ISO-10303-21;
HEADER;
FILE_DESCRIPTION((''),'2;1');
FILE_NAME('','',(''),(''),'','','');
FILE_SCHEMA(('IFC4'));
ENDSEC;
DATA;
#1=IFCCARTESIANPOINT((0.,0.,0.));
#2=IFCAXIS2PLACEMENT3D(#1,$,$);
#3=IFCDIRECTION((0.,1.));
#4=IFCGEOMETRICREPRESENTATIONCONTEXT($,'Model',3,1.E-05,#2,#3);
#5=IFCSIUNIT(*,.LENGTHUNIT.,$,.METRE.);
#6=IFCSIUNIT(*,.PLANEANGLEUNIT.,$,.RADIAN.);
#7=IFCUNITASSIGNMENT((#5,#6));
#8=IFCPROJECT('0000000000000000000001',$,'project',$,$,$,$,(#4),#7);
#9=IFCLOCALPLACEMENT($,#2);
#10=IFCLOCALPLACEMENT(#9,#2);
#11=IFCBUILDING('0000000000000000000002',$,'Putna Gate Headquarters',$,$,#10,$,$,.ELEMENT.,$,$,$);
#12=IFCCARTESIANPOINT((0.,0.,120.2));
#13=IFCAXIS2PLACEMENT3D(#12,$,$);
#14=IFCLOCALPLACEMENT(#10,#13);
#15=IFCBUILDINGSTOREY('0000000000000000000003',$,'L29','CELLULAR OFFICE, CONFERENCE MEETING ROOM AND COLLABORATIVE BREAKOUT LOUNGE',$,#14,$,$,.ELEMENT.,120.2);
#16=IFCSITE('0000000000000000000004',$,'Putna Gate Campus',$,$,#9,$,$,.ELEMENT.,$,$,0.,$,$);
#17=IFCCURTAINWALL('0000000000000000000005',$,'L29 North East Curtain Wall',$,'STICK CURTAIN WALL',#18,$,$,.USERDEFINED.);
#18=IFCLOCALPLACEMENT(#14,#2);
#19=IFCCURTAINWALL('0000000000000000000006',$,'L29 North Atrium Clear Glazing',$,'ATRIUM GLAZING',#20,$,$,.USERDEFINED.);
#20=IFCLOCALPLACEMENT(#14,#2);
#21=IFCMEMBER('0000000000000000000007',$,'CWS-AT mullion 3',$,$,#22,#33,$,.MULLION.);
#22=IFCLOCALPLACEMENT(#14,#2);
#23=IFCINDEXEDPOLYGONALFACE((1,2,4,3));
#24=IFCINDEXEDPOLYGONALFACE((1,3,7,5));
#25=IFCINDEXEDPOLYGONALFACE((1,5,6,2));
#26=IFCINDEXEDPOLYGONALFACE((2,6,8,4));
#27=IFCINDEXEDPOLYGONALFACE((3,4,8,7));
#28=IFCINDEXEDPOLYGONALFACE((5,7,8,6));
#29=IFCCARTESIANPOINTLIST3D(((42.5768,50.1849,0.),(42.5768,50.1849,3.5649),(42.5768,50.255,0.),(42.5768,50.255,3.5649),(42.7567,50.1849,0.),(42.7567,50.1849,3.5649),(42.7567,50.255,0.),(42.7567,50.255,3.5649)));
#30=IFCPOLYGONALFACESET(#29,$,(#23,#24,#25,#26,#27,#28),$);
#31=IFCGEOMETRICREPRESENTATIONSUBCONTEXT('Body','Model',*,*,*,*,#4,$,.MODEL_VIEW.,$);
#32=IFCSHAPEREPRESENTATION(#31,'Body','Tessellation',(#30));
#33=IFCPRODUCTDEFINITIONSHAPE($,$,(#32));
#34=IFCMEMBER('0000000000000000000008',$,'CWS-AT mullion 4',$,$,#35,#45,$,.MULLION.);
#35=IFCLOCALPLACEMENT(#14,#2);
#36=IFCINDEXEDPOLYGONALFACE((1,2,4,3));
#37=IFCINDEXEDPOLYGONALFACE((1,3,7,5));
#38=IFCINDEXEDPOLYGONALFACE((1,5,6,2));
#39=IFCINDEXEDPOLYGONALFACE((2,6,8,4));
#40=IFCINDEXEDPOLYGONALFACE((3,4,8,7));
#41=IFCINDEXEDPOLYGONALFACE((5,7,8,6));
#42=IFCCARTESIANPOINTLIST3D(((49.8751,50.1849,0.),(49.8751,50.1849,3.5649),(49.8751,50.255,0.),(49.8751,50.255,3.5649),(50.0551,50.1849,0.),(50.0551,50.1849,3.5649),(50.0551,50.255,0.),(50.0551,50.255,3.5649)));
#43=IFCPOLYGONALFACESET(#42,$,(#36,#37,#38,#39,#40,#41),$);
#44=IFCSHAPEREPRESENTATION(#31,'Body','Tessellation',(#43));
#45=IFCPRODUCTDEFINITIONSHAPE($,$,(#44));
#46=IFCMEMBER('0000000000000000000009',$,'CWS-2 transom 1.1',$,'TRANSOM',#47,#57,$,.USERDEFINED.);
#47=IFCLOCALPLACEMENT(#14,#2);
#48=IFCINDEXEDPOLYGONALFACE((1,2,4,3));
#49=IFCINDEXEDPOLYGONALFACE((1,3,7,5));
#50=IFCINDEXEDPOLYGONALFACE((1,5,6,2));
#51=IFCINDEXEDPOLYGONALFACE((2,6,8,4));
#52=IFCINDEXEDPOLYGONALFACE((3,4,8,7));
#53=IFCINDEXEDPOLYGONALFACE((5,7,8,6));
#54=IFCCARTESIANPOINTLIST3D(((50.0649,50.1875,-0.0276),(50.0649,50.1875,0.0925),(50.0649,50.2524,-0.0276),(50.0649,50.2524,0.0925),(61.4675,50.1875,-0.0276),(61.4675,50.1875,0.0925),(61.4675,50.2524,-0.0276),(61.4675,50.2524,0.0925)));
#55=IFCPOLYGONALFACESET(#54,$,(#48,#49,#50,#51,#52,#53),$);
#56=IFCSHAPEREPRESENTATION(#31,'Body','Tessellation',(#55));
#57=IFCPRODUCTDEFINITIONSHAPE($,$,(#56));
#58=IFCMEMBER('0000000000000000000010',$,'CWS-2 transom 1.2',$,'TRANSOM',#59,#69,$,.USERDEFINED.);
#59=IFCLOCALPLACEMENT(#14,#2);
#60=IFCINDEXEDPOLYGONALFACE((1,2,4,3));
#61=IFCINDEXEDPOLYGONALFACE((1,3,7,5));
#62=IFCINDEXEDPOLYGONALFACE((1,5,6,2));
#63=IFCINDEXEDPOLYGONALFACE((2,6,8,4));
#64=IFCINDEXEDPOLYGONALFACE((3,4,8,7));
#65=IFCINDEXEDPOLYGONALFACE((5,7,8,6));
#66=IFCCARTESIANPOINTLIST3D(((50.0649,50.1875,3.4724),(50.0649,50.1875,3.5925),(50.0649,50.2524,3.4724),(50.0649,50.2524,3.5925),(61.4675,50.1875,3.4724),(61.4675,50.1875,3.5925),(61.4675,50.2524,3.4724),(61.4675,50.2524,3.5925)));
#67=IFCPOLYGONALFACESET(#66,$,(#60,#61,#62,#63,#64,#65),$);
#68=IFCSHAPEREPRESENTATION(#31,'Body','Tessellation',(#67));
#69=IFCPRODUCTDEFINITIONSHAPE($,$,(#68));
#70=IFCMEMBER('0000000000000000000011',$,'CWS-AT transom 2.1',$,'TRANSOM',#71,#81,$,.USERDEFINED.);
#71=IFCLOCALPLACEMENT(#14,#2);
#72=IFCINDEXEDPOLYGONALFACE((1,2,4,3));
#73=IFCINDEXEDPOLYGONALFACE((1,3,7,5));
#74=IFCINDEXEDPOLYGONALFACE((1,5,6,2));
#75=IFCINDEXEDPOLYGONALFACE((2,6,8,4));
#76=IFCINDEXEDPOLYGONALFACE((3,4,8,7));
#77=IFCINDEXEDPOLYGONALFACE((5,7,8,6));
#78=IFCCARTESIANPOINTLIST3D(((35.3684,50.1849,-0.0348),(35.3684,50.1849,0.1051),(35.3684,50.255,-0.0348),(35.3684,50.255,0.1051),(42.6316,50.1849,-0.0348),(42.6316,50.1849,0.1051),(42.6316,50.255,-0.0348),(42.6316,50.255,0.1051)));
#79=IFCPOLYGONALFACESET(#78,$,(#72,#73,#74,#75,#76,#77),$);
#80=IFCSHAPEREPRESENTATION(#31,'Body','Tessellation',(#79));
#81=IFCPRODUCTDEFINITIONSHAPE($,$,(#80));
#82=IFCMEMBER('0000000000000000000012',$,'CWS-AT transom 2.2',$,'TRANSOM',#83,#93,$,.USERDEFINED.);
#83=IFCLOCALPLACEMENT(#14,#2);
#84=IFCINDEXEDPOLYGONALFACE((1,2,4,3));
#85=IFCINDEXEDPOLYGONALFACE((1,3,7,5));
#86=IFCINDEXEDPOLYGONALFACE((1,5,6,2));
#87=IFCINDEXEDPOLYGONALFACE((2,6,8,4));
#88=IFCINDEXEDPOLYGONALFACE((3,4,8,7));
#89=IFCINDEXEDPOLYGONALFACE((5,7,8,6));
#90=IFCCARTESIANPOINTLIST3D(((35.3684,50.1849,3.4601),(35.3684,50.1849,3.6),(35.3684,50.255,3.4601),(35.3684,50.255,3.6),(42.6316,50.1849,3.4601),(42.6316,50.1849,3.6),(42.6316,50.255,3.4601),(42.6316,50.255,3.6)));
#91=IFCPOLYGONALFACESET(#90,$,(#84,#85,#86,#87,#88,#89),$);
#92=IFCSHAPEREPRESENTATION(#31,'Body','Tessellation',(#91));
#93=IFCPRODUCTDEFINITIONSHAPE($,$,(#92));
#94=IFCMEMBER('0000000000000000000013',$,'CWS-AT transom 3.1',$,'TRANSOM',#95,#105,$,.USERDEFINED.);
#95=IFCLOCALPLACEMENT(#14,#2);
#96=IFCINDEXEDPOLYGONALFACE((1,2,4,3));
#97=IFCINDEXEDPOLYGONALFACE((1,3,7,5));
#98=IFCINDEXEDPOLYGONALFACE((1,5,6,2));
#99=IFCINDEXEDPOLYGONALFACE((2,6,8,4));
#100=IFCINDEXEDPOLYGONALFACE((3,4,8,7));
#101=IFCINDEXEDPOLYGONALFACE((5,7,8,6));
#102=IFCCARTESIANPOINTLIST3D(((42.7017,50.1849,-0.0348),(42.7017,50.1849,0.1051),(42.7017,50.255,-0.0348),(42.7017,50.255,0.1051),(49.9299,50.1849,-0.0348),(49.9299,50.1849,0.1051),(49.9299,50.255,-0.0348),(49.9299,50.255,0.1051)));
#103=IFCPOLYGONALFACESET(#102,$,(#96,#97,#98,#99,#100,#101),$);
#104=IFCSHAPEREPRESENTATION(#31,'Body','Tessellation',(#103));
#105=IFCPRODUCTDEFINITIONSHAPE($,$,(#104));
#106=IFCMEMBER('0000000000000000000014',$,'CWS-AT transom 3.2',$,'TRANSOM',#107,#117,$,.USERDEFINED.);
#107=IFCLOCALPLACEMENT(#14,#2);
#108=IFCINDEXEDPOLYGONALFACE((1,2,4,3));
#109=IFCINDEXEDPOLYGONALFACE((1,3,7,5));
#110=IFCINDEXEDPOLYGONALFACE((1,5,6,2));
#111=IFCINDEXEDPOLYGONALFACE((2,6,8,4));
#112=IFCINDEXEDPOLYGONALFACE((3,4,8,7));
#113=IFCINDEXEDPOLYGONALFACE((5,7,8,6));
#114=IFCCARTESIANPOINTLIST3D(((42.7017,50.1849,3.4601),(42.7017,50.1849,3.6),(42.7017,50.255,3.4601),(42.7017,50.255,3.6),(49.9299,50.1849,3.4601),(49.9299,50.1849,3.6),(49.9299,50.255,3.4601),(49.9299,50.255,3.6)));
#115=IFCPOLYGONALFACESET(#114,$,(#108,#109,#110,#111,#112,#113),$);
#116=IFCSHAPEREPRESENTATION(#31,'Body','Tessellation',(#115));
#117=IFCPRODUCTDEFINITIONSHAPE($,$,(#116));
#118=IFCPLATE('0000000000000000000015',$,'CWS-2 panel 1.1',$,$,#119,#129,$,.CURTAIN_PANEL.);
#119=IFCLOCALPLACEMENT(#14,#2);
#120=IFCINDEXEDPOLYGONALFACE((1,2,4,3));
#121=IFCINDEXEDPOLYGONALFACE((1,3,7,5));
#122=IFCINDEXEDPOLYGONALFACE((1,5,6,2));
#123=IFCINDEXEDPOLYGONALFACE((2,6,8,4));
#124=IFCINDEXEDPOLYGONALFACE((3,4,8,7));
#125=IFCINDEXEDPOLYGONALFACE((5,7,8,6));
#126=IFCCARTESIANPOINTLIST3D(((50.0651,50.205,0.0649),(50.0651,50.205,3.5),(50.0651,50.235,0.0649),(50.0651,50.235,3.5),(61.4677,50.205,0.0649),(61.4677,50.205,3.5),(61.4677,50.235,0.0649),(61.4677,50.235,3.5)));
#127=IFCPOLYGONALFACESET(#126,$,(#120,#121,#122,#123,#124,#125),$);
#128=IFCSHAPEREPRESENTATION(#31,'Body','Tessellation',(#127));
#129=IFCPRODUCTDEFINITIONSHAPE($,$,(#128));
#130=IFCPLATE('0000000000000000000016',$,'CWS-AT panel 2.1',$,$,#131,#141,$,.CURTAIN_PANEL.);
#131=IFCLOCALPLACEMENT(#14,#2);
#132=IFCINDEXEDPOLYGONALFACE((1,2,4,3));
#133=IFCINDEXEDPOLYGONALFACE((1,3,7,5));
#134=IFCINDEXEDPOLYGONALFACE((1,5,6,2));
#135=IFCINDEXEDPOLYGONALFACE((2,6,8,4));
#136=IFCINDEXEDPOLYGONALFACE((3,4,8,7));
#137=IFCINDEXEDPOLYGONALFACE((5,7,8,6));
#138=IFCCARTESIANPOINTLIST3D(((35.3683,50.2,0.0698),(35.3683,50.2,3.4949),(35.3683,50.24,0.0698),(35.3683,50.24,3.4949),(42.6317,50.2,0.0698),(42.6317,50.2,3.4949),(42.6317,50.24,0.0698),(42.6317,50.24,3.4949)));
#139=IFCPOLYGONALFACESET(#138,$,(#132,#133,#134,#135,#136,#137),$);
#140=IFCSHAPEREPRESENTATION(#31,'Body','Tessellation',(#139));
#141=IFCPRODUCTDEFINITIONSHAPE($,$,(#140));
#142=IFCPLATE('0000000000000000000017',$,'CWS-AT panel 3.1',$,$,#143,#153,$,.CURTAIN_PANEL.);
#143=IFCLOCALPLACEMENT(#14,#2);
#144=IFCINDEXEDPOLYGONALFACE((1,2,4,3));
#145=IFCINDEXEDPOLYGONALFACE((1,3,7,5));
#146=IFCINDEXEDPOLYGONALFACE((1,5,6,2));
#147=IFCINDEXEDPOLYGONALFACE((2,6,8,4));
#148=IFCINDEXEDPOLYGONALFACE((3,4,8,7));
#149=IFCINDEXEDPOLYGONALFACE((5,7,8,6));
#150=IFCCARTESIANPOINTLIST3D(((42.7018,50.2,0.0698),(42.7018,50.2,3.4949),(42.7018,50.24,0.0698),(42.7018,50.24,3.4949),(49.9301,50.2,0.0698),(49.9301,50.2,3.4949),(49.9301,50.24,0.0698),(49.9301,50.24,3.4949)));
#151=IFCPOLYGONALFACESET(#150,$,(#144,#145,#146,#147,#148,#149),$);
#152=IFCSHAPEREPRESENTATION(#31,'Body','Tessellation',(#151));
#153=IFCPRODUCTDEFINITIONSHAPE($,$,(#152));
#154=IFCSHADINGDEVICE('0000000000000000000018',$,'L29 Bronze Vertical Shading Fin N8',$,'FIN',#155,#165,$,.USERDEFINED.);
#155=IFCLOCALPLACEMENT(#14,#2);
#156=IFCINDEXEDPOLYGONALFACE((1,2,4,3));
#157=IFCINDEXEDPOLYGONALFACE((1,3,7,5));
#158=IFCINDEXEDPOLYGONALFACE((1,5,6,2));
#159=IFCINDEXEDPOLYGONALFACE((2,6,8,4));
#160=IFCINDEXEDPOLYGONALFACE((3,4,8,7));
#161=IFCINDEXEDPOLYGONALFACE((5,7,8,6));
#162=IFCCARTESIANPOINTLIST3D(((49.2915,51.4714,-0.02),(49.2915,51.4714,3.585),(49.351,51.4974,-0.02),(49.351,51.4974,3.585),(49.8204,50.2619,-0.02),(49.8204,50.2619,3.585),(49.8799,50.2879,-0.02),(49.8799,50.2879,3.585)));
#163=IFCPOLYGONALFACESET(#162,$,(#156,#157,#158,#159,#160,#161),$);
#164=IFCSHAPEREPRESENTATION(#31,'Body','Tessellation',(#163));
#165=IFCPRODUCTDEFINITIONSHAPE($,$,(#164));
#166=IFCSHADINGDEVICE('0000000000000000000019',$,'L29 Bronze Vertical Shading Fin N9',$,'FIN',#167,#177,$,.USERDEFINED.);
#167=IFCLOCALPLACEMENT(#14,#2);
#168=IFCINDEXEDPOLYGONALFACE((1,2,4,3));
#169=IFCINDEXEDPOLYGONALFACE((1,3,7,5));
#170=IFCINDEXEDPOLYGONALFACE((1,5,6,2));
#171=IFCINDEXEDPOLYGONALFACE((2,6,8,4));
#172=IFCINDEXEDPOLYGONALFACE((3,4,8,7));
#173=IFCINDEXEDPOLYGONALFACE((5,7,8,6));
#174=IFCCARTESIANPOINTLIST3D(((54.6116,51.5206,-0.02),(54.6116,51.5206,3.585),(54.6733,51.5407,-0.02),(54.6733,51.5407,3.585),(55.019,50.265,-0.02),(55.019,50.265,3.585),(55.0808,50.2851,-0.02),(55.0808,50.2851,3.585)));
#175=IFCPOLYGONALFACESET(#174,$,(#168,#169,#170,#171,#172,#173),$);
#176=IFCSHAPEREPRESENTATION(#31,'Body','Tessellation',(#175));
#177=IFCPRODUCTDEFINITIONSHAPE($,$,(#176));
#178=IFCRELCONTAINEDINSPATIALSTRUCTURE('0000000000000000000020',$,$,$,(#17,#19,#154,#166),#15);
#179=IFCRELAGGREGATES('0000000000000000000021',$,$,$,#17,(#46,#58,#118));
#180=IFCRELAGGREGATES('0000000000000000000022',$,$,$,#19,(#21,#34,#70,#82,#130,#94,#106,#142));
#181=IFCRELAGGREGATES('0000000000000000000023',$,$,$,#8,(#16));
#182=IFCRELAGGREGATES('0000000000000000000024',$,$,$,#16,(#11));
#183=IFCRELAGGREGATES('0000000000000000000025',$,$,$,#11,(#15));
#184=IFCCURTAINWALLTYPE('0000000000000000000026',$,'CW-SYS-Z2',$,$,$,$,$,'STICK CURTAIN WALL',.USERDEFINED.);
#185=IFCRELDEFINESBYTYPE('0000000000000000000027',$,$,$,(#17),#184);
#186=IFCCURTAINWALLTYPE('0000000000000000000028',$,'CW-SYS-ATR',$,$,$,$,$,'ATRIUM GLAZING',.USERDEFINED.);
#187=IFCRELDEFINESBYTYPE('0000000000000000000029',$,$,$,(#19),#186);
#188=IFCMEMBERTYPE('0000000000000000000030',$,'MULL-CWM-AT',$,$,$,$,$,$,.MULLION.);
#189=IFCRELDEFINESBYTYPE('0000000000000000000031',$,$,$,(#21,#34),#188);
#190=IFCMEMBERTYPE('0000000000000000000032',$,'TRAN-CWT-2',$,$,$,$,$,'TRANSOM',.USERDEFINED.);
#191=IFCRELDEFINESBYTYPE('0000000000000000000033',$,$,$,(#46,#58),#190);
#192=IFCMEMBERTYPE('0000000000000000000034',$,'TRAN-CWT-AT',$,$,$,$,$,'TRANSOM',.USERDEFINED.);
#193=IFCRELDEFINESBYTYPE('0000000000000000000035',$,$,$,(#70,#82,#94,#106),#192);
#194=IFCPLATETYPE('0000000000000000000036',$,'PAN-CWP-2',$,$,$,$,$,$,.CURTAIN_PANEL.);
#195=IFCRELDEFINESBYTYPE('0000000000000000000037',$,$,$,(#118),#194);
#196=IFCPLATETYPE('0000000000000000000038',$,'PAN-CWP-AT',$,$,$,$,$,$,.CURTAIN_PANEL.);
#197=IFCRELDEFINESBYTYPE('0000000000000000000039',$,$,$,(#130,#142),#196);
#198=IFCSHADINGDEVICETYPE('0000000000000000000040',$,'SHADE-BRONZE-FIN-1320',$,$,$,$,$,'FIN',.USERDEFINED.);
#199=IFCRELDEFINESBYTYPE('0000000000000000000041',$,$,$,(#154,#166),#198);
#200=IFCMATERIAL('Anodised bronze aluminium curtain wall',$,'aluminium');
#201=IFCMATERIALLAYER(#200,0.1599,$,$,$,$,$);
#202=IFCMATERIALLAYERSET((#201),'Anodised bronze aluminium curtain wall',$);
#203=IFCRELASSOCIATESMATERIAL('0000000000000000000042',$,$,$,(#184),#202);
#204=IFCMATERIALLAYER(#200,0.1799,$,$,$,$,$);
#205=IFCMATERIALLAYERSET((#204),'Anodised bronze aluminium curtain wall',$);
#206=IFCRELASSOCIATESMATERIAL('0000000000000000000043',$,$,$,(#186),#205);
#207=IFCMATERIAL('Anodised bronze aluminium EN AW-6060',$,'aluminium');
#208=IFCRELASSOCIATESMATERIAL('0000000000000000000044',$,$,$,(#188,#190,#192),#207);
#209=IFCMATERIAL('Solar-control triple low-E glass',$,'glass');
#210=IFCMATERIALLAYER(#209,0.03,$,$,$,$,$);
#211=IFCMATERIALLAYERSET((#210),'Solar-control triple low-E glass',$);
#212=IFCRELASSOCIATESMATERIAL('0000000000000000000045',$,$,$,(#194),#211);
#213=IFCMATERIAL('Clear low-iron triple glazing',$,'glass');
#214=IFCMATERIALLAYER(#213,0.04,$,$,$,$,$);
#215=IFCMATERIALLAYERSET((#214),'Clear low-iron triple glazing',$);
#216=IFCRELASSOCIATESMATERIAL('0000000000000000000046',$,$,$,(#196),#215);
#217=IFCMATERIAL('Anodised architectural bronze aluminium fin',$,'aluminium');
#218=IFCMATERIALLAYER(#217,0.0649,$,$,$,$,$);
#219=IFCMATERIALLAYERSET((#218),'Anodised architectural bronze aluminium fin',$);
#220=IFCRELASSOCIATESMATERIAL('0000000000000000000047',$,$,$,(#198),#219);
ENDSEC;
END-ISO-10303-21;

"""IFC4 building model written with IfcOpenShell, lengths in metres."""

from ifc_helpers import new_model, si_unit, direction, frame, origin, origin_2d, place, context, subcontext, project, spatial, rectangle, extrude, material, layer, layer_set, material_profile, profile_set, type_object, element, aggregate, save


model = new_model("IFC4")

# Units and contexts
model_context = context("Model", 3, precision=1e-05, world=origin(), true_north=direction((0.0, 1.0)))
body_context = subcontext(model_context, "Body", "Model", "MODEL_VIEW")
ifc_project = project(units=[si_unit("LENGTHUNIT", "METRE"), si_unit("PLANEANGLEUNIT", "RADIAN")], contexts=[model_context])

# Site, building, storey
site_placement = place(None, origin())
site = spatial("IfcSite", under=ifc_project, at=site_placement, Name="Putna Gate Campus", CompositionType="ELEMENT", RefElevation=0.0)
building_placement = place(site_placement, origin())
building = spatial("IfcBuilding", under=site, at=building_placement, Name="Putna Gate Headquarters", CompositionType="ELEMENT")
storey_placement = place(building_placement, frame((0.0, 0.0, 120.2)))
storey = spatial("IfcBuildingStorey", under=building, at=storey_placement, Name="L29", Description="CELLULAR OFFICE, CONFERENCE MEETING ROOM AND COLLABORATIVE BREAKOUT LOUNGE", CompositionType="ELEMENT", Elevation=120.2)

# Curtain wall
ifc_material_1 = material(Name="Anodised bronze aluminium curtain wall", Category="aluminium")
ifc_layer_1 = layer(ifc_material_1, 0.1599)
ifc_layer_set_1 = layer_set([ifc_layer_1], Name="Anodised bronze aluminium curtain wall")
curtain_wall_type_1 = type_object("IfcCurtainWallType", Name="CW-SYS-Z2", ElementType="STICK CURTAIN WALL", PredefinedType="USERDEFINED", material=ifc_layer_set_1)
curtain_wall_1_placement = place(storey_placement, origin())
curtain_wall_1 = element("IfcCurtainWall", 1, at=curtain_wall_1_placement, inside=storey, type_object=curtain_wall_type_1, Name="L29 North East Curtain Wall", ObjectType="STICK CURTAIN WALL", PredefinedType="USERDEFINED")
ifc_material_2 = material(Name="Anodised bronze aluminium EN AW-6060", Category="aluminium")

# Curtain wall, members
ifc_layer_2 = layer(ifc_material_1, 0.1799)
ifc_layer_set_2 = layer_set([ifc_layer_2], Name="Anodised bronze aluminium curtain wall")
curtain_wall_type_2 = type_object("IfcCurtainWallType", Name="CW-SYS-ATR", ElementType="ATRIUM GLAZING", PredefinedType="USERDEFINED", material=ifc_layer_set_2)
curtain_wall_2_placement = place(storey_placement, origin())
curtain_wall_2 = element("IfcCurtainWall", 2, at=curtain_wall_2_placement, inside=storey, type_object=curtain_wall_type_2, Name="L29 North Atrium Clear Glazing", ObjectType="ATRIUM GLAZING", PredefinedType="USERDEFINED")
ifc_material_profile_1 = material_profile(ifc_material_2, rectangle(XDim=0.0701, YDim=0.1799, at=origin_2d()), Name="Anodised bronze aluminium EN AW-6060")
ifc_profile_set_1 = profile_set([ifc_material_profile_1], Name="Anodised bronze aluminium EN AW-6060")
member_type_1 = type_object("IfcMemberType", Name="MULL-CWM-AT", PredefinedType="MULLION", material=ifc_profile_set_1)
member_1_placement = place(storey_placement, frame((42.6667, 50.22, 0.0), z_axis=(0.0, 0.0, 1.0), x_axis=(0.0, 1.0, 0.0)))
member_1 = element("IfcMember", 3, at=member_1_placement, type_object=member_type_1, Name="CWS-AT mullion 3", PredefinedType="MULLION", context=body_context, shape_type="SweptSolid", body=[
    extrude(rectangle(XDim=0.0701, YDim=0.1799, at=origin_2d()), origin(), (0.0, 0.0, 1.0), 3.5649),
])
member_2_placement = place(storey_placement, frame((49.9651, 50.22, 0.0), z_axis=(0.0, 0.0, 1.0), x_axis=(0.0, 1.0, 0.0)))
member_2 = element("IfcMember", 4, at=member_2_placement, type_object=member_type_1, Name="CWS-AT mullion 4", PredefinedType="MULLION", context=body_context, shape_type="SweptSolid", body=[
    extrude(rectangle(XDim=0.0701, YDim=0.1799, at=origin_2d()), origin(), (0.0, 0.0, 1.0), 3.5649),
])

# Members
ifc_material_profile_2 = material_profile(ifc_material_2, rectangle(XDim=0.0649, YDim=0.1201, at=origin_2d()), Name="Anodised bronze aluminium EN AW-6060")
ifc_profile_set_2 = profile_set([ifc_material_profile_2], Name="Anodised bronze aluminium EN AW-6060")
member_type_2 = type_object("IfcMemberType", Name="TRAN-CWT-2", ElementType="TRANSOM", PredefinedType="USERDEFINED", material=ifc_profile_set_2)
member_3_placement = place(storey_placement, frame((50.0649, 50.22, 0.0325), z_axis=(1.0, 0.0, 0.0), x_axis=(0.0, 1.0, 0.0)))
member_3 = element("IfcMember", 5, at=member_3_placement, type_object=member_type_2, Name="CWS-2 transom 1.1", ObjectType="TRANSOM", PredefinedType="USERDEFINED", context=body_context, shape_type="SweptSolid", body=[
    extrude(rectangle(XDim=0.0649, YDim=0.1201, at=origin_2d()), origin(), (0.0, 0.0, 1.0), 11.4026),
])
member_4_placement = place(storey_placement, frame((50.0649, 50.22, 3.5325), z_axis=(1.0, 0.0, 0.0), x_axis=(0.0, 1.0, 0.0)))
member_4 = element("IfcMember", 6, at=member_4_placement, type_object=member_type_2, Name="CWS-2 transom 1.2", ObjectType="TRANSOM", PredefinedType="USERDEFINED", context=body_context, shape_type="SweptSolid", body=[
    extrude(rectangle(XDim=0.0649, YDim=0.1201, at=origin_2d()), origin(), (0.0, 0.0, 1.0), 11.4026),
])
ifc_material_profile_3 = material_profile(ifc_material_2, rectangle(XDim=0.0701, YDim=0.1399, at=origin_2d()), Name="Anodised bronze aluminium EN AW-6060")
ifc_profile_set_3 = profile_set([ifc_material_profile_3], Name="Anodised bronze aluminium EN AW-6060")
member_type_3 = type_object("IfcMemberType", Name="TRAN-CWT-AT", ElementType="TRANSOM", PredefinedType="USERDEFINED", material=ifc_profile_set_3)
member_5_placement = place(storey_placement, frame((35.3684, 50.22, 0.0352), z_axis=(1.0, 0.0, 0.0), x_axis=(0.0, 1.0, 0.0)))
member_5 = element("IfcMember", 7, at=member_5_placement, type_object=member_type_3, Name="CWS-AT transom 2.1", ObjectType="TRANSOM", PredefinedType="USERDEFINED", context=body_context, shape_type="SweptSolid", body=[
    extrude(rectangle(XDim=0.0701, YDim=0.1399, at=origin_2d()), origin(), (0.0, 0.0, 1.0), 7.2632),
])
member_6_placement = place(storey_placement, frame((35.3684, 50.22, 3.53), z_axis=(1.0, 0.0, 0.0), x_axis=(0.0, 1.0, 0.0)))
member_6 = element("IfcMember", 8, at=member_6_placement, type_object=member_type_3, Name="CWS-AT transom 2.2", ObjectType="TRANSOM", PredefinedType="USERDEFINED", context=body_context, shape_type="SweptSolid", body=[
    extrude(rectangle(XDim=0.0701, YDim=0.1399, at=origin_2d()), origin(), (0.0, 0.0, 1.0), 7.2632),
])
member_7_placement = place(storey_placement, frame((42.7017, 50.22, 0.0352), z_axis=(1.0, 0.0, 0.0), x_axis=(0.0, 1.0, 0.0)))
member_7 = element("IfcMember", 9, at=member_7_placement, type_object=member_type_3, Name="CWS-AT transom 3.1", ObjectType="TRANSOM", PredefinedType="USERDEFINED", context=body_context, shape_type="SweptSolid", body=[
    extrude(rectangle(XDim=0.0701, YDim=0.1399, at=origin_2d()), origin(), (0.0, 0.0, 1.0), 7.2283),
])
member_8_placement = place(storey_placement, frame((42.7017, 50.22, 3.53), z_axis=(1.0, 0.0, 0.0), x_axis=(0.0, 1.0, 0.0)))
member_8 = element("IfcMember", 10, at=member_8_placement, type_object=member_type_3, Name="CWS-AT transom 3.2", ObjectType="TRANSOM", PredefinedType="USERDEFINED", context=body_context, shape_type="SweptSolid", body=[
    extrude(rectangle(XDim=0.0701, YDim=0.1399, at=origin_2d()), origin(), (0.0, 0.0, 1.0), 7.2283),
])

# Plates
ifc_material_3 = material(Name="Solar-control triple low-E glass", Category="glass")
ifc_layer_3 = layer(ifc_material_3, 0.03)
ifc_layer_set_3 = layer_set([ifc_layer_3], Name="Solar-control triple low-E glass")
plate_type_1 = type_object("IfcPlateType", Name="PAN-CWP-2", PredefinedType="CURTAIN_PANEL", material=ifc_layer_set_3)
plate_1_placement = place(storey_placement, frame((55.7664, 50.22, 0.0649), z_axis=(0.0, 0.0, 1.0), x_axis=(1.0, 0.0, 0.0)))
plate_1 = element("IfcPlate", 11, at=plate_1_placement, type_object=plate_type_1, Name="CWS-2 panel 1.1", PredefinedType="CURTAIN_PANEL", context=body_context, shape_type="SweptSolid", body=[
    extrude(rectangle(XDim=11.4026, YDim=0.03, at=origin_2d()), origin(), (0.0, 0.0, 1.0), 3.4351),
])
aggregate(curtain_wall_1, [member_3, member_4, plate_1])
ifc_material_4 = material(Name="Clear low-iron triple glazing", Category="glass")
ifc_layer_4 = layer(ifc_material_4, 0.04)
ifc_layer_set_4 = layer_set([ifc_layer_4], Name="Clear low-iron triple glazing")
plate_type_2 = type_object("IfcPlateType", Name="PAN-CWP-AT", PredefinedType="CURTAIN_PANEL", material=ifc_layer_set_4)
plate_2_placement = place(storey_placement, frame((39.0, 50.22, 0.0698), z_axis=(0.0, 0.0, 1.0), x_axis=(1.0, 0.0, 0.0)))
plate_2 = element("IfcPlate", 12, at=plate_2_placement, type_object=plate_type_2, Name="CWS-AT panel 2.1", PredefinedType="CURTAIN_PANEL", context=body_context, shape_type="SweptSolid", body=[
    extrude(rectangle(XDim=7.2634, YDim=0.04, at=origin_2d()), origin(), (0.0, 0.0, 1.0), 3.425),
])
plate_3_placement = place(storey_placement, frame((46.3159, 50.22, 0.0698), z_axis=(0.0, 0.0, 1.0), x_axis=(1.0, 0.0, 0.0)))
plate_3 = element("IfcPlate", 13, at=plate_3_placement, type_object=plate_type_2, Name="CWS-AT panel 3.1", PredefinedType="CURTAIN_PANEL", context=body_context, shape_type="SweptSolid", body=[
    extrude(rectangle(XDim=7.2283, YDim=0.04, at=origin_2d()), origin(), (0.0, 0.0, 1.0), 3.425),
])
aggregate(curtain_wall_2, [member_1, member_2, member_5, member_6, plate_2, member_7, member_8, plate_3])

# Shading devices
ifc_material_5 = material(Name="Anodised architectural bronze aluminium fin", Category="aluminium")
ifc_layer_5 = layer(ifc_material_5, 0.0649)
ifc_layer_set_5 = layer_set([ifc_layer_5], Name="Anodised architectural bronze aluminium fin")
shading_device_type = type_object("IfcShadingDeviceType", Name="SHADE-BRONZE-FIN-1320", ElementType="FIN", PredefinedType="USERDEFINED", material=ifc_layer_set_5)
for number, where, z_axis, x_axis, name in (
    (14, (49.5857, 50.8796, -0.02), (0.0, 0.0, 1.0), (-0.400669, 0.916223, 0.0), "L29 Bronze Vertical Shading Fin N8"),
    (15, (54.8462, 50.9028, -0.02), (0.0, 0.0, 1.0), (-0.308685, 0.951164, 0.0), "L29 Bronze Vertical Shading Fin N9"),
):
    element("IfcShadingDevice", number, at=place(storey_placement, frame(where, z_axis=z_axis, x_axis=x_axis)), inside=storey, type_object=shading_device_type, Name=name, ObjectType="FIN", PredefinedType="USERDEFINED", context=body_context, shape_type="SweptSolid", body=[
        extrude(rectangle(XDim=1.3201, YDim=0.0649, at=origin_2d()), origin(), (0.0, 0.0, 1.0), 3.605),
    ])

save(model, "model.ifc")
